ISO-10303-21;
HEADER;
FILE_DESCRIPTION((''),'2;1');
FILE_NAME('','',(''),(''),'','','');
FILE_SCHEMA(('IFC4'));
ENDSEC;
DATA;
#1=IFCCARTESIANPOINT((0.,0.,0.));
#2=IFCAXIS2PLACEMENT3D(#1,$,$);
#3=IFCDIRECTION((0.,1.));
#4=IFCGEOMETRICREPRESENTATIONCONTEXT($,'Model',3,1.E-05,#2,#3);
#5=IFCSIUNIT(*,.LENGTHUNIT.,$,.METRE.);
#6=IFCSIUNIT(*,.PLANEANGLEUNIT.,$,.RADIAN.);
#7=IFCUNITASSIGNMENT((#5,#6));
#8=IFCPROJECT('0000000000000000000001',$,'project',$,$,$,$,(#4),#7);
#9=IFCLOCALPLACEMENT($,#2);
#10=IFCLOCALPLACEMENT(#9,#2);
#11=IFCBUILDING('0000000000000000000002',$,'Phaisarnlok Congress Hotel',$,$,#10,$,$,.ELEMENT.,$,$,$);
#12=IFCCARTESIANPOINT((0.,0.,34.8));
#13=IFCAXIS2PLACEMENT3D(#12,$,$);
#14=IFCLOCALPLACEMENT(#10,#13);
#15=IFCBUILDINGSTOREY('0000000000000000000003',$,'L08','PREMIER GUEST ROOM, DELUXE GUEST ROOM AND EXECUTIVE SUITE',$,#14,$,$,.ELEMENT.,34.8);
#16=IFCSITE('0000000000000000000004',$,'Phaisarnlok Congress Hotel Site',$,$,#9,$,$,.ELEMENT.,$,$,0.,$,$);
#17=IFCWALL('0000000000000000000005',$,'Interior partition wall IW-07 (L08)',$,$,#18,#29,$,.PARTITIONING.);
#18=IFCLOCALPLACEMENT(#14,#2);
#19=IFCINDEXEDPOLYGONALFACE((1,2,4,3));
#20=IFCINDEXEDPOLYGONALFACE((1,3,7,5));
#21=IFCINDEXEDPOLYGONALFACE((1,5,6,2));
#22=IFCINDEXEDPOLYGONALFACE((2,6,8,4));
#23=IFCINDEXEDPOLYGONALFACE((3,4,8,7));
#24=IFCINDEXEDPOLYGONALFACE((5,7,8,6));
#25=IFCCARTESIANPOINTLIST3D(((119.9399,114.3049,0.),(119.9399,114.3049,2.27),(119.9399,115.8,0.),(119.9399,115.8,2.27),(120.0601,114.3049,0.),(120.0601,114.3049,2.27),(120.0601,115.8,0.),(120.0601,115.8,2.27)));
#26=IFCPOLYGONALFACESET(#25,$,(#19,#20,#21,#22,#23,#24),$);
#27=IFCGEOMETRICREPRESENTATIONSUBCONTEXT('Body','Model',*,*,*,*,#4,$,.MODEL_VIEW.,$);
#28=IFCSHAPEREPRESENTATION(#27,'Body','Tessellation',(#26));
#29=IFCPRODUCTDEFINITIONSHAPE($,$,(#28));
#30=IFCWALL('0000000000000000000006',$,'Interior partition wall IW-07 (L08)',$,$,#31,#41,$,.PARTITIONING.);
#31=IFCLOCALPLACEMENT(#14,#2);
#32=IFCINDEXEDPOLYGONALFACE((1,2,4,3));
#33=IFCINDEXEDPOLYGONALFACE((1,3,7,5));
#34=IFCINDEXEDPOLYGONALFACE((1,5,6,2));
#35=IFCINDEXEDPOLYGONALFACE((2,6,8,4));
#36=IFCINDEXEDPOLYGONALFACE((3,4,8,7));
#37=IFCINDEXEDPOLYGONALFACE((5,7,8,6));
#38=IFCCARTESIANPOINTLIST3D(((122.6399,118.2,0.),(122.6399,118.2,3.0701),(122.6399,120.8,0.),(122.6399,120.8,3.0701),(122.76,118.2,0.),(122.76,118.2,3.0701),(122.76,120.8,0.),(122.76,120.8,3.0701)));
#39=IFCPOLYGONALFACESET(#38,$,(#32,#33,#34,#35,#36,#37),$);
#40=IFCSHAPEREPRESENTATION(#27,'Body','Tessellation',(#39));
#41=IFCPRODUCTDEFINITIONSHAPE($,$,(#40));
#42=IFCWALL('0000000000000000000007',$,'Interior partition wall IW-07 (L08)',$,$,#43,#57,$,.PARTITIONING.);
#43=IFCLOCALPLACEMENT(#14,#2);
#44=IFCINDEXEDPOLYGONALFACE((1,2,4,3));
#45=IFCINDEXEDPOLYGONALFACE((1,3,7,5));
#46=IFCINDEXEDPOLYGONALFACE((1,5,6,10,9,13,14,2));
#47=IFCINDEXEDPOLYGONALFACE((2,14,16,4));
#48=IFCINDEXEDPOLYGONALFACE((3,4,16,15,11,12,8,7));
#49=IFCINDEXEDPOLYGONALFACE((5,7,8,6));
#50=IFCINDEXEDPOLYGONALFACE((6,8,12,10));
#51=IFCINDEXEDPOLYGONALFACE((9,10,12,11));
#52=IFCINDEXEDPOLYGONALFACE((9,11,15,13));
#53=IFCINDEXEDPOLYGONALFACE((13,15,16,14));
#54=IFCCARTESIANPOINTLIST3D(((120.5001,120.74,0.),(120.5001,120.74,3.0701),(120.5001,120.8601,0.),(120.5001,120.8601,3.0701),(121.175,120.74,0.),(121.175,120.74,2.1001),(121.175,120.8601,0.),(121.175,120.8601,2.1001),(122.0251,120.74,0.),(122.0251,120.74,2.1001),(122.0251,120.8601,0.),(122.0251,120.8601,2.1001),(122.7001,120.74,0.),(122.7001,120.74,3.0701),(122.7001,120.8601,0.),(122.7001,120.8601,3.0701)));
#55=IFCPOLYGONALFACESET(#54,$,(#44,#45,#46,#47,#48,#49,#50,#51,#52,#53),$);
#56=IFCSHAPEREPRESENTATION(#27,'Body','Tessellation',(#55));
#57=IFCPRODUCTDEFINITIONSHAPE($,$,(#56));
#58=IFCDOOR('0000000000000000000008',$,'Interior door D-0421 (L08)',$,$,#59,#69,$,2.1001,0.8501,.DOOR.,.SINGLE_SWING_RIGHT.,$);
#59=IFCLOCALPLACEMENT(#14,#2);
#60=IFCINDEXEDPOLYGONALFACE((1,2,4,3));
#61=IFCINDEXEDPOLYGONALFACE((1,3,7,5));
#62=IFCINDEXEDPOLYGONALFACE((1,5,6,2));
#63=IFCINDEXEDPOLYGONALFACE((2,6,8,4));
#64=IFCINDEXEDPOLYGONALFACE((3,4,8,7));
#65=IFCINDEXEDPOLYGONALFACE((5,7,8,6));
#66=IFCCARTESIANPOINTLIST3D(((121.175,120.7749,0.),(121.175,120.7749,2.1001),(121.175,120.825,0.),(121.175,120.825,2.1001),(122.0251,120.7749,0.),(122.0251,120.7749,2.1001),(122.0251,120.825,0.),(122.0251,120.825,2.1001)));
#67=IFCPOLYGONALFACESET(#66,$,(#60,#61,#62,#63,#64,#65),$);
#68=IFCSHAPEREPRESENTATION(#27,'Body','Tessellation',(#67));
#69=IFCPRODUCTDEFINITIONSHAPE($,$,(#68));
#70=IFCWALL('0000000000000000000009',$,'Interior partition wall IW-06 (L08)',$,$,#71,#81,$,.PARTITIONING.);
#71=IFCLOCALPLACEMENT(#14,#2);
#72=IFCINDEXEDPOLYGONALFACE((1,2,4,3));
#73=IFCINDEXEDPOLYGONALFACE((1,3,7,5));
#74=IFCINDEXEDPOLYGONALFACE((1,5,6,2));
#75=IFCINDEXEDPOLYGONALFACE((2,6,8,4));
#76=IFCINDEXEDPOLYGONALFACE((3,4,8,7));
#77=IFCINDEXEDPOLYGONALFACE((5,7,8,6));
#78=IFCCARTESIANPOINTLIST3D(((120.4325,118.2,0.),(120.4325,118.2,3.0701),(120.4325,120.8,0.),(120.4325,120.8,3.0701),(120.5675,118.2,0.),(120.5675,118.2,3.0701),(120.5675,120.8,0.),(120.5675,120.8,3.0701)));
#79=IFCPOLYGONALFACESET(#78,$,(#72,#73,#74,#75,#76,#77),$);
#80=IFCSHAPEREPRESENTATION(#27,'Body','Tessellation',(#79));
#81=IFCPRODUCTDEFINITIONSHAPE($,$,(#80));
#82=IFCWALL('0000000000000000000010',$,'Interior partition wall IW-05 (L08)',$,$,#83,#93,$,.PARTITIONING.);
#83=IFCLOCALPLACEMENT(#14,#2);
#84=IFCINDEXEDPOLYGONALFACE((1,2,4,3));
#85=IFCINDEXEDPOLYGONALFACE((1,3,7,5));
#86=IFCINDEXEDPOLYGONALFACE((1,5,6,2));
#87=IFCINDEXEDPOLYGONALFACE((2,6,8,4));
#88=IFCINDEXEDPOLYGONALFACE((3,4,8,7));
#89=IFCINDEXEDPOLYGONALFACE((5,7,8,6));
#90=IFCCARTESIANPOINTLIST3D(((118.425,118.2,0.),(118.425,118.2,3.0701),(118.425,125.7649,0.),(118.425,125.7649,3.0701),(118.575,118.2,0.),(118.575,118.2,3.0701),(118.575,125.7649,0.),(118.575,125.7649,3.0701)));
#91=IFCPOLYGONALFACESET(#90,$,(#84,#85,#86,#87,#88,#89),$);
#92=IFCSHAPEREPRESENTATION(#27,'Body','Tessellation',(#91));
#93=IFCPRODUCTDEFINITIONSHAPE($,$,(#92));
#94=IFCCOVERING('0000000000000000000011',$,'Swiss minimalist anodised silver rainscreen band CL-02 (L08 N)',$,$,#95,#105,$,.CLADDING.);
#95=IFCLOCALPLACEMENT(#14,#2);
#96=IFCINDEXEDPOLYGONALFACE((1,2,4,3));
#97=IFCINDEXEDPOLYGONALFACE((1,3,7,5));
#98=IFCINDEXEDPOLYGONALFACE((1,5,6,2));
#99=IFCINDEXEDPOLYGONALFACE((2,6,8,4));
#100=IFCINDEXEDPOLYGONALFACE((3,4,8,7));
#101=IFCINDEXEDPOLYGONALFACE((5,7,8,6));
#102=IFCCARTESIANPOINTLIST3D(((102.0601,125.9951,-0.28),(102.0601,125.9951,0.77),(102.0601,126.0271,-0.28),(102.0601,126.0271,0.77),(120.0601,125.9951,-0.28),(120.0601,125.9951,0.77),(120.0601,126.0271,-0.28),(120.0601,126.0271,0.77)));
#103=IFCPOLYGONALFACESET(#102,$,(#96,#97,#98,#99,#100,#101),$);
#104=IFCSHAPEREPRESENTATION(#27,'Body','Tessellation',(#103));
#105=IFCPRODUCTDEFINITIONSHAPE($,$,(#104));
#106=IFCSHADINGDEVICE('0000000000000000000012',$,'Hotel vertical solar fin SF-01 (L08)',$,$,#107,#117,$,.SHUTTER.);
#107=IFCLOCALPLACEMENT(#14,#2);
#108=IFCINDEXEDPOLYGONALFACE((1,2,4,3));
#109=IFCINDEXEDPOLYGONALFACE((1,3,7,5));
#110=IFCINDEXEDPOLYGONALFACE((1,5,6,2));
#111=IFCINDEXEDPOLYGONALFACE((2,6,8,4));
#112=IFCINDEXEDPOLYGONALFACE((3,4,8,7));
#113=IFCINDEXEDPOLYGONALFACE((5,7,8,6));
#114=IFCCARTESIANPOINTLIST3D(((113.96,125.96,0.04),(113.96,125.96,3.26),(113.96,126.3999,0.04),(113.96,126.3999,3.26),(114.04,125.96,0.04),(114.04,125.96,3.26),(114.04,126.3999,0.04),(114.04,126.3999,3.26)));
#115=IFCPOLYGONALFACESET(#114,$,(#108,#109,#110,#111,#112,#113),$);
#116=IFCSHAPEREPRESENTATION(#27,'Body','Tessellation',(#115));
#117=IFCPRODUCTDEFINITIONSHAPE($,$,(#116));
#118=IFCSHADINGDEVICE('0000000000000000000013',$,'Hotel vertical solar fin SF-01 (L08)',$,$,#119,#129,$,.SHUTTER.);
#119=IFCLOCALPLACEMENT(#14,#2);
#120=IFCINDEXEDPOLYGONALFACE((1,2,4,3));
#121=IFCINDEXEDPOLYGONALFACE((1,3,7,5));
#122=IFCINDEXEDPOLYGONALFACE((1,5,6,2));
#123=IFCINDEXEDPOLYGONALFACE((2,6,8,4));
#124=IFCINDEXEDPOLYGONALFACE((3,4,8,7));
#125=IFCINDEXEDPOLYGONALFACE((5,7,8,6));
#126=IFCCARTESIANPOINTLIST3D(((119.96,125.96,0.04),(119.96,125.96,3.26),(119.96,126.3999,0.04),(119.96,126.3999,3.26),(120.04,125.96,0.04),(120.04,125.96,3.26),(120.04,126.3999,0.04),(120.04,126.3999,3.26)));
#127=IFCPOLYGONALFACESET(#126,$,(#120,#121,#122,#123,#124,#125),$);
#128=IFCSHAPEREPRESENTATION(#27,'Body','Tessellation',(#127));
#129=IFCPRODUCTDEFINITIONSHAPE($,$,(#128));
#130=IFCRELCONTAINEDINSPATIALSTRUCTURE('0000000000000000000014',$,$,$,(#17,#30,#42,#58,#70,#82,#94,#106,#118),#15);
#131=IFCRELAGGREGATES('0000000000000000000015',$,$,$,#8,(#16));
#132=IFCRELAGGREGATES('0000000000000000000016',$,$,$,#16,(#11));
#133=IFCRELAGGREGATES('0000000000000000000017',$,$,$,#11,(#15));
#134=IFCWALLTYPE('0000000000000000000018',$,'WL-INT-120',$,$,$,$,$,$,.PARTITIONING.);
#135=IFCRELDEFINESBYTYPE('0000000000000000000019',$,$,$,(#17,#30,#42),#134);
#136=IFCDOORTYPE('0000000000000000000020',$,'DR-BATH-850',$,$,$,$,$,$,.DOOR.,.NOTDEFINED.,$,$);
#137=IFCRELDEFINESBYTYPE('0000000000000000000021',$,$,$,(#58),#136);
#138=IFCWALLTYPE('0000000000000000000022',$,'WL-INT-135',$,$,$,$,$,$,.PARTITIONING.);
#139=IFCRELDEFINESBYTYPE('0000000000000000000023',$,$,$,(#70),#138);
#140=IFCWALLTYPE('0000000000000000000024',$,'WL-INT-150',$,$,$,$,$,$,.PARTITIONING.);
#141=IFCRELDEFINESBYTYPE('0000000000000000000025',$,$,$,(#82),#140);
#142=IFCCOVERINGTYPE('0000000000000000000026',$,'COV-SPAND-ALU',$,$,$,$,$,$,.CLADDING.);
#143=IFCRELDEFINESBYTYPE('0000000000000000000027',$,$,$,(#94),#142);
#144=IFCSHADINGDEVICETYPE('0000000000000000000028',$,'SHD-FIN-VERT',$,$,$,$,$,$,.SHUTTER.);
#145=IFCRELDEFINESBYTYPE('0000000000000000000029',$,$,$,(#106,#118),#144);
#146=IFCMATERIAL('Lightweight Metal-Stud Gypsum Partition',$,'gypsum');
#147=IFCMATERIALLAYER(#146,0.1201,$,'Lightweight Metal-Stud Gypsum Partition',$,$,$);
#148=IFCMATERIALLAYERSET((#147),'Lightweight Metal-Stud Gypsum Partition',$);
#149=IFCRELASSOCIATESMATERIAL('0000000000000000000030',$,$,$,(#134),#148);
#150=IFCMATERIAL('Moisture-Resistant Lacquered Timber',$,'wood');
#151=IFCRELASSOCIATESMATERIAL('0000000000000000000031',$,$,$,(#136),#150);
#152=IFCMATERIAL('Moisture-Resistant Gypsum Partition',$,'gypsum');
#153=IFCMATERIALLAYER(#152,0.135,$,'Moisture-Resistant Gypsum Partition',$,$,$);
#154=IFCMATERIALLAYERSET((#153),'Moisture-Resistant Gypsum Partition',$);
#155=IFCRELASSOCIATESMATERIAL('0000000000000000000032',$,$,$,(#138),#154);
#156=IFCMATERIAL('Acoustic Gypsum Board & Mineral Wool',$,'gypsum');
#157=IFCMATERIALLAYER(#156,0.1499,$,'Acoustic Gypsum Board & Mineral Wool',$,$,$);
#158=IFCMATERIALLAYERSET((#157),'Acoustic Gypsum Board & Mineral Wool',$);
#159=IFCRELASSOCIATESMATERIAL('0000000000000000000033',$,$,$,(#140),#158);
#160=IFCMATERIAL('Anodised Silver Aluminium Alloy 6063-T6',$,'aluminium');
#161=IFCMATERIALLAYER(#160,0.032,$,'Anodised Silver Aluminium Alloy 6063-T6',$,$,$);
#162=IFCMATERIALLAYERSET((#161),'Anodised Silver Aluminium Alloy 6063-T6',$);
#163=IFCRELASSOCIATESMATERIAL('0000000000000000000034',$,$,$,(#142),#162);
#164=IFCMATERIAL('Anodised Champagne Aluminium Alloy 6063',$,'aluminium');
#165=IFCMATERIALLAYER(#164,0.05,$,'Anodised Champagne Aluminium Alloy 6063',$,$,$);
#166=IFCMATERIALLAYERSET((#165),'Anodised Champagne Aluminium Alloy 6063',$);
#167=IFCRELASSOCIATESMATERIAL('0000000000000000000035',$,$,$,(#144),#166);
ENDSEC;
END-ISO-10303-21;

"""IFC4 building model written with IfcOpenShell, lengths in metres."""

from ifc_helpers import new_model, si_unit, direction, frame, frame_2d, origin, origin_2d, place, context, subcontext, project, spatial, polyline, rectangle, outline, extrude, material, layer, layer_set, type_object, element, fill, save


model = new_model("IFC4")

# Units and contexts
model_context = context("Model", 3, precision=1e-05, world=origin(), true_north=direction((0.0, 1.0)))
body_context = subcontext(model_context, "Body", "Model", "MODEL_VIEW")
ifc_project = project(units=[si_unit("LENGTHUNIT", "METRE"), si_unit("PLANEANGLEUNIT", "RADIAN")], contexts=[model_context])

# Site, building, storey
site_placement = place(None, origin())
site = spatial("IfcSite", under=ifc_project, at=site_placement, Name="Phaisarnlok Congress Hotel Site", CompositionType="ELEMENT", RefElevation=0.0)
building_placement = place(site_placement, origin())
building = spatial("IfcBuilding", under=site, at=building_placement, Name="Phaisarnlok Congress Hotel", CompositionType="ELEMENT")
storey_placement = place(building_placement, frame((0.0, 0.0, 34.8)))
storey = spatial("IfcBuildingStorey", under=building, at=storey_placement, Name="L08", Description="PREMIER GUEST ROOM, DELUXE GUEST ROOM AND EXECUTIVE SUITE", CompositionType="ELEMENT", Elevation=34.8)

# Walls
ifc_material_1 = material(Name="Lightweight Metal-Stud Gypsum Partition", Category="gypsum")
ifc_layer_1 = layer(ifc_material_1, 0.1201, Name="Lightweight Metal-Stud Gypsum Partition")
ifc_layer_set_1 = layer_set([ifc_layer_1], Name="Lightweight Metal-Stud Gypsum Partition")
wall_type_1 = type_object("IfcWallType", Name="WL-INT-120", PredefinedType="PARTITIONING", material=ifc_layer_set_1)
wall_1_placement = place(storey_placement, frame((120.0, 114.3049, 0.0), z_axis=(0.0, 0.0, 1.0), x_axis=(0.0, 1.0, 0.0)))
element("IfcWall", 1, at=wall_1_placement, inside=storey, type_object=wall_type_1, Name="Interior partition wall IW-07 (L08)", PredefinedType="PARTITIONING", context=body_context, shape_type="SweptSolid", body=[
    extrude(rectangle(XDim=1.4951, YDim=0.1201, at=frame_2d((0.7476, 0.0))), origin(), (0.0, 0.0, 1.0), 2.27),
])
wall_2_placement = place(storey_placement, frame((122.7, 118.2, 0.0), z_axis=(0.0, 0.0, 1.0), x_axis=(0.0, 1.0, 0.0)))
element("IfcWall", 2, at=wall_2_placement, inside=storey, type_object=wall_type_1, Name="Interior partition wall IW-07 (L08)", PredefinedType="PARTITIONING", context=body_context, shape_type="SweptSolid", body=[
    extrude(rectangle(XDim=2.6001, YDim=0.1201, at=frame_2d((1.3, 0.0))), origin(), (0.0, 0.0, 1.0), 3.0701),
])

# Wall, opening, door
wall_3_placement = place(storey_placement, frame((120.5, 120.8, 0.0), z_axis=(0.0, 0.0, 1.0), x_axis=(1.0, 0.0, 0.0)))
wall_3 = element("IfcWall", 3, at=wall_3_placement, inside=storey, type_object=wall_type_1, Name="Interior partition wall IW-07 (L08)", PredefinedType="PARTITIONING", context=body_context, shape_type="SweptSolid", body=[
    extrude(rectangle(XDim=2.2, YDim=0.1201, at=frame_2d((1.1001, 0.0))), origin(), (0.0, 0.0, 1.0), 3.0701),
])
opening_1_placement = place(wall_3_placement, frame((0.675, 0.0, 0.0)))
opening_1 = element("IfcOpeningElement", 4, at=opening_1_placement, cuts=wall_3, PredefinedType="OPENING", context=body_context, shape_type="SweptSolid", body=[
    extrude(rectangle(XDim=0.8501, YDim=2.1001, at=frame_2d((0.425, 1.05))), frame((0.0, 0.0701, 0.0), z_axis=(0.0, -1.0, 0.0), x_axis=(1.0, 0.0, 0.0)), (0.0, 0.0, 1.0), 0.1401),
])
ifc_material_2 = material(Name="Moisture-Resistant Lacquered Timber", Category="wood")
door_type = type_object("IfcDoorType", Name="DR-BATH-850", OperationType="NOTDEFINED", PredefinedType="DOOR", material=ifc_material_2)
door_placement = place(opening_1_placement, origin())
door = element("IfcDoor", 5, at=door_placement, inside=storey, type_object=door_type, Name="Interior door D-0421 (L08)", OperationType="SINGLE_SWING_RIGHT", OverallHeight=2.1001, OverallWidth=0.8501, PredefinedType="DOOR", context=body_context, shape_type="SweptSolid", body=[
    extrude(rectangle(XDim=0.8501, YDim=2.1001, at=frame_2d((0.425, 1.05))), frame((0.0, 0.0249, 0.0), z_axis=(0.0, -1.0, 0.0), x_axis=(1.0, 0.0, 0.0)), (0.0, 0.0, 1.0), 0.05),
])
fill(opening_1, door)

# Walls
ifc_material_3 = material(Name="Moisture-Resistant Gypsum Partition", Category="gypsum")
ifc_layer_2 = layer(ifc_material_3, 0.135, Name="Moisture-Resistant Gypsum Partition")
ifc_layer_set_2 = layer_set([ifc_layer_2], Name="Moisture-Resistant Gypsum Partition")
wall_type_2 = type_object("IfcWallType", Name="WL-INT-135", PredefinedType="PARTITIONING", material=ifc_layer_set_2)
wall_4_placement = place(storey_placement, frame((120.5, 118.2, 0.0), z_axis=(0.0, 0.0, 1.0), x_axis=(0.0, 1.0, 0.0)))
element("IfcWall", 6, at=wall_4_placement, inside=storey, type_object=wall_type_2, Name="Interior partition wall IW-06 (L08)", PredefinedType="PARTITIONING", context=body_context, shape_type="SweptSolid", body=[
    extrude(rectangle(XDim=2.6001, YDim=0.135, at=frame_2d((1.3, 0.0))), origin(), (0.0, 0.0, 1.0), 3.0701),
])
ifc_material_4 = material(Name="Acoustic Gypsum Board & Mineral Wool", Category="gypsum")
ifc_layer_3 = layer(ifc_material_4, 0.1499, Name="Acoustic Gypsum Board & Mineral Wool")
ifc_layer_set_3 = layer_set([ifc_layer_3], Name="Acoustic Gypsum Board & Mineral Wool")
wall_type_3 = type_object("IfcWallType", Name="WL-INT-150", PredefinedType="PARTITIONING", material=ifc_layer_set_3)
wall_5_placement = place(storey_placement, frame((118.5, 118.2, 0.0), z_axis=(0.0, 0.0, 1.0), x_axis=(0.0, 1.0, 0.0)))
element("IfcWall", 7, at=wall_5_placement, inside=storey, type_object=wall_type_3, Name="Interior partition wall IW-05 (L08)", PredefinedType="PARTITIONING", context=body_context, shape_type="SweptSolid", body=[
    extrude(rectangle(XDim=7.5649, YDim=0.1499, at=frame_2d((3.7825, 0.0))), origin(), (0.0, 0.0, 1.0), 3.0701),
])

# Covering
ifc_material_5 = material(Name="Anodised Silver Aluminium Alloy 6063-T6", Category="aluminium")
ifc_layer_4 = layer(ifc_material_5, 0.032, Name="Anodised Silver Aluminium Alloy 6063-T6")
ifc_layer_set_4 = layer_set([ifc_layer_4], Name="Anodised Silver Aluminium Alloy 6063-T6")
covering_type = type_object("IfcCoveringType", Name="COV-SPAND-ALU", PredefinedType="CLADDING", material=ifc_layer_set_4)
covering_placement = place(storey_placement, frame((120.0601, 125.9951, -0.28), z_axis=(0.0, 1.0, 0.0), x_axis=(-1.0, 0.0, 0.0)))
element("IfcCovering", 8, at=covering_placement, inside=storey, type_object=covering_type, Name="Swiss minimalist anodised silver rainscreen band CL-02 (L08 N)", PredefinedType="CLADDING", context=body_context, shape_type="SweptSolid", body=[
    extrude(outline(polyline([(0.0, 0.0), (18.0, 0.0), (18.0, 1.05), (0.0, 1.05), (0.0, 0.0)])), origin(), (0.0, 0.0, 1.0), 0.032),
])

# Shading devices
ifc_material_6 = material(Name="Anodised Champagne Aluminium Alloy 6063", Category="aluminium")
ifc_layer_5 = layer(ifc_material_6, 0.05, Name="Anodised Champagne Aluminium Alloy 6063")
ifc_layer_set_5 = layer_set([ifc_layer_5], Name="Anodised Champagne Aluminium Alloy 6063")
shading_device_type = type_object("IfcShadingDeviceType", Name="SHD-FIN-VERT", PredefinedType="SHUTTER", material=ifc_layer_set_5)
for number, where, z_axis, x_axis, name in (
    (9, (114.0, 126.1799, 0.04), (0.0, 0.0, 1.0), (1.0, 0.0, 0.0), "Hotel vertical solar fin SF-01 (L08)"),
    (10, (120.0, 126.1799, 0.04), (0.0, 0.0, 1.0), (1.0, 0.0, 0.0), "Hotel vertical solar fin SF-01 (L08)"),
):
    element("IfcShadingDevice", number, at=place(storey_placement, frame(where, z_axis=z_axis, x_axis=x_axis)), inside=storey, type_object=shading_device_type, Name=name, PredefinedType="SHUTTER", context=body_context, shape_type="SweptSolid", body=[
        extrude(rectangle(XDim=0.0801, YDim=0.4399, at=origin_2d()), origin(), (0.0, 0.0, 1.0), 3.22),
    ])

save(model, "model.ifc")
